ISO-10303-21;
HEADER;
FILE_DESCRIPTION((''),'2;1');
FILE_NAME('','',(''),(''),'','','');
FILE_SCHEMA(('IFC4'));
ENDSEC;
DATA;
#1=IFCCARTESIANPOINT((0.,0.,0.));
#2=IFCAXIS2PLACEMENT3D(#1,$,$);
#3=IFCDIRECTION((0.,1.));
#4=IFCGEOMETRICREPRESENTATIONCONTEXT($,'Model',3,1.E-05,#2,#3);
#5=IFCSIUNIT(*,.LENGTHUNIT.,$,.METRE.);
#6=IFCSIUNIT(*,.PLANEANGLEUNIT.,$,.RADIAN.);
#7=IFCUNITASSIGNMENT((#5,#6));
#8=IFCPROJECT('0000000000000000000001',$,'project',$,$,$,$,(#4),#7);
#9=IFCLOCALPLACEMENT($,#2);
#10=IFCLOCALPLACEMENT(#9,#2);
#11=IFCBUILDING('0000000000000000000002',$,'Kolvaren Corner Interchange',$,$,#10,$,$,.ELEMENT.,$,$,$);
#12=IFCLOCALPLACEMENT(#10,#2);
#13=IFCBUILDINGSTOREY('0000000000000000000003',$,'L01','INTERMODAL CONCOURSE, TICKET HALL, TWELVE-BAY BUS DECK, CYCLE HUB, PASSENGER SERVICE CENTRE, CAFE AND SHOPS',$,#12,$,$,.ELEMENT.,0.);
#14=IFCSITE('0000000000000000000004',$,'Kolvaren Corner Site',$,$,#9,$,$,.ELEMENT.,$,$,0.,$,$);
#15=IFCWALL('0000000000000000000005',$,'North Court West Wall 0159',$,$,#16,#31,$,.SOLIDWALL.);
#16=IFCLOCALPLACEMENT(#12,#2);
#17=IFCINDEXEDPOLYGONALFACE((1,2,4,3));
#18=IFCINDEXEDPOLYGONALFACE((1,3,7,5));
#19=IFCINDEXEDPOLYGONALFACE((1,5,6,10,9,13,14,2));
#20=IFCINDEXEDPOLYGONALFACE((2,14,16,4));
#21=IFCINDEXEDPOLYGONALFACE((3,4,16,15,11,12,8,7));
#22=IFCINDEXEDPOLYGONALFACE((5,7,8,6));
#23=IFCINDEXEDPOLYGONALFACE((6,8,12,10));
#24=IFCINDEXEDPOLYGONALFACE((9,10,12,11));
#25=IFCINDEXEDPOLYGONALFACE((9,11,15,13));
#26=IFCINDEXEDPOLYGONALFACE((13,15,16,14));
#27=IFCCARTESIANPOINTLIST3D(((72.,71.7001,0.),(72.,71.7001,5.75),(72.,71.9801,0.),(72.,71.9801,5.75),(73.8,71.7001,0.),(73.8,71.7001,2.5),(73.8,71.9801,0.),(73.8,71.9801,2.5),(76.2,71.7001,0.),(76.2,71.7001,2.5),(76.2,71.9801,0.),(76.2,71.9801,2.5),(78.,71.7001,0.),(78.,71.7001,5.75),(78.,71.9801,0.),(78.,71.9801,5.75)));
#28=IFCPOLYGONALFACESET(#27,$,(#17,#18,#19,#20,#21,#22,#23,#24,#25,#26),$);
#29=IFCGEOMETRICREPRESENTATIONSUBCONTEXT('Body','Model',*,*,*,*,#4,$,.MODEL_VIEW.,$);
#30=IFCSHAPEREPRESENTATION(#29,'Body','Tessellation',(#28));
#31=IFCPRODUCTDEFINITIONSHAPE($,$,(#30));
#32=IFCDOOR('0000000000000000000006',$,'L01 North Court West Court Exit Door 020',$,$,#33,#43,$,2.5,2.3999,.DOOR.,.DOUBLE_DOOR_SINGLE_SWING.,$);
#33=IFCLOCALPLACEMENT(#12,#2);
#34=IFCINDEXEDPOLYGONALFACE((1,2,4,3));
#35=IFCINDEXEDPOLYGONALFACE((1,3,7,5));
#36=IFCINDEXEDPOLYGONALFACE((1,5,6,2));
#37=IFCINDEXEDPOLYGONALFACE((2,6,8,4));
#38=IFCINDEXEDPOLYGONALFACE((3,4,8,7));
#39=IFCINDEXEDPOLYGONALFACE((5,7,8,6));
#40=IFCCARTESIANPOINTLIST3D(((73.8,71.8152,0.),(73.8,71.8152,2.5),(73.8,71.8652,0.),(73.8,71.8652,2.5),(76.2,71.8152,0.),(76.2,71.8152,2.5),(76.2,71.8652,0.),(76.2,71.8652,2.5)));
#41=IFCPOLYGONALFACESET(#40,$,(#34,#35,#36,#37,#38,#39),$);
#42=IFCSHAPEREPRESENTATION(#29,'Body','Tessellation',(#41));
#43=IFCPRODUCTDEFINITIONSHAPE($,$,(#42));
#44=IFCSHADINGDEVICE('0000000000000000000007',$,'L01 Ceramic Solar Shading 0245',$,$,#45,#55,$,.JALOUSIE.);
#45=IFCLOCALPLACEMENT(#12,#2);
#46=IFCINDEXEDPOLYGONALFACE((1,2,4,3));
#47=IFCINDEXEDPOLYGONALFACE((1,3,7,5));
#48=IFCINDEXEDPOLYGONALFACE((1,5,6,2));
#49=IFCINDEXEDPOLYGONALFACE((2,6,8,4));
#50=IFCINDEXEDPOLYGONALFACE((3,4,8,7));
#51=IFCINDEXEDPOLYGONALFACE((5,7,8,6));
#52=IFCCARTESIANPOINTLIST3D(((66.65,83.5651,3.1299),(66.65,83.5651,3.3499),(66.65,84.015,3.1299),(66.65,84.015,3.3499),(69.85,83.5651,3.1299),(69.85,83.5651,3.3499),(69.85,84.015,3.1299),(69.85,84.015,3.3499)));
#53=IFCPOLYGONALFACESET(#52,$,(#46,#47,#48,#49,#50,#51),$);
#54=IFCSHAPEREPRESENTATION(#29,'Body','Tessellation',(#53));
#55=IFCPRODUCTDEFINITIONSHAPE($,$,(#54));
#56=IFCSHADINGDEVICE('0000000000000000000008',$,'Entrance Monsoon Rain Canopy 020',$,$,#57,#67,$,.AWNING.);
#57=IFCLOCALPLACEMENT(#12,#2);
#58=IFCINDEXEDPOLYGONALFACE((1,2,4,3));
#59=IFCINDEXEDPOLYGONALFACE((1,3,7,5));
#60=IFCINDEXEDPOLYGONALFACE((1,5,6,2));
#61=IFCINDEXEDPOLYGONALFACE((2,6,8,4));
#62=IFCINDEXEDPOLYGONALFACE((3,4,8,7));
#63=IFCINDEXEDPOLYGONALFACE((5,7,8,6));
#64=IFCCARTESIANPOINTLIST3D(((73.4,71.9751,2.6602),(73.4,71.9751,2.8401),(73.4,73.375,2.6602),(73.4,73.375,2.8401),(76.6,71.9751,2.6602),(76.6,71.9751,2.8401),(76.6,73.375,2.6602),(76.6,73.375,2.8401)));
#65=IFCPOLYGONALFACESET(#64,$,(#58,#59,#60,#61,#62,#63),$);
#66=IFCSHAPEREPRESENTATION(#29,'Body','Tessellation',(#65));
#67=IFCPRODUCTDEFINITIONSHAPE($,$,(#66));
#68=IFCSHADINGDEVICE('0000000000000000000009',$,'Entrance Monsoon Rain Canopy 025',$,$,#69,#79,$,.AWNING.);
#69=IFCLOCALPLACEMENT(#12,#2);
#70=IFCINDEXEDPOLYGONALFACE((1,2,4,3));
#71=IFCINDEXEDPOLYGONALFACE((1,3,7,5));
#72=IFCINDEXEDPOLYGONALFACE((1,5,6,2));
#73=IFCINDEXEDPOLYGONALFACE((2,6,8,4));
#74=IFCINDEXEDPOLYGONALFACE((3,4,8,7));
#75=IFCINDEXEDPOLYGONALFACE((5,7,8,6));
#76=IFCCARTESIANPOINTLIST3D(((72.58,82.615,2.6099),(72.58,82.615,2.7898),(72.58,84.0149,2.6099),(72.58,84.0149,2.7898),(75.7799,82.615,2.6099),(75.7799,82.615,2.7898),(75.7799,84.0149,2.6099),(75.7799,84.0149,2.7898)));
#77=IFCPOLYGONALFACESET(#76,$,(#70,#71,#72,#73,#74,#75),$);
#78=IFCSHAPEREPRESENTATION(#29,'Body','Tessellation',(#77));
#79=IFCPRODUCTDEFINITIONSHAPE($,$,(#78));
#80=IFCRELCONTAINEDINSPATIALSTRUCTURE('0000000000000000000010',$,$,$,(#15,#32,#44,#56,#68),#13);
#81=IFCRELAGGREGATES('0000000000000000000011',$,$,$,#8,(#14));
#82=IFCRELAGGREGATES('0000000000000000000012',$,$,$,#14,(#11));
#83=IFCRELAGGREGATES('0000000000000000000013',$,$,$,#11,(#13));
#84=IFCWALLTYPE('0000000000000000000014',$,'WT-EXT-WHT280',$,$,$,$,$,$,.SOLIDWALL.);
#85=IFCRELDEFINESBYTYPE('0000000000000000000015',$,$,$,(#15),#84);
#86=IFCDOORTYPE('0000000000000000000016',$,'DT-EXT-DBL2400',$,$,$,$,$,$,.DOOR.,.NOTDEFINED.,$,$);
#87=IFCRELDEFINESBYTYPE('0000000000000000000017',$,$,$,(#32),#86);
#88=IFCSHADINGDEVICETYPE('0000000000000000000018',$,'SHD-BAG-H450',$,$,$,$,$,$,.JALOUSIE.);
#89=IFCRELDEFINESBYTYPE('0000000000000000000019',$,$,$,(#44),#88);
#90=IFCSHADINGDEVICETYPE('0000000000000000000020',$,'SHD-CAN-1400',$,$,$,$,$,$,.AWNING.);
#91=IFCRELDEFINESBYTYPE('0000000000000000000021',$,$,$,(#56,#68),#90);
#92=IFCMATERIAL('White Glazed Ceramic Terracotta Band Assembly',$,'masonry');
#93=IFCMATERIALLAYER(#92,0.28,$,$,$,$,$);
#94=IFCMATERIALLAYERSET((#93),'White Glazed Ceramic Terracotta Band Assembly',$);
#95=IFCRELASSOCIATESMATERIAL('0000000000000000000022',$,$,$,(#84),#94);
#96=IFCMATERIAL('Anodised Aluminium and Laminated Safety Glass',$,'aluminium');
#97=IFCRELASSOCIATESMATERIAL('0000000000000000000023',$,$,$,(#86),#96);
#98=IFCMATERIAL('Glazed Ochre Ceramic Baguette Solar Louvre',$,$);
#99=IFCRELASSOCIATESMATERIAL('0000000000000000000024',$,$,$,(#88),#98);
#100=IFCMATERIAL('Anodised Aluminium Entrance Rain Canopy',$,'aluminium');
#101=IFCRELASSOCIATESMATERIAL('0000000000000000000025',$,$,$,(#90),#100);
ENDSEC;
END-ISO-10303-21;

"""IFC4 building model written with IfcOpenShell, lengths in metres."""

from ifc_helpers import new_model, si_unit, direction, frame, frame_2d, origin, origin_2d, place, context, subcontext, project, spatial, rectangle, extrude, material, layer, layer_set, type_object, element, fill, save


model = new_model("IFC4")

# Units and contexts
model_context = context("Model", 3, precision=1e-05, world=origin(), true_north=direction((0.0, 1.0)))
body_context = subcontext(model_context, "Body", "Model", "MODEL_VIEW")
ifc_project = project(units=[si_unit("LENGTHUNIT", "METRE"), si_unit("PLANEANGLEUNIT", "RADIAN")], contexts=[model_context])

# Site, building, storey
site_placement = place(None, origin())
site = spatial("IfcSite", under=ifc_project, at=site_placement, Name="Kolvaren Corner Site", CompositionType="ELEMENT", RefElevation=0.0)
building_placement = place(site_placement, origin())
building = spatial("IfcBuilding", under=site, at=building_placement, Name="Kolvaren Corner Interchange", CompositionType="ELEMENT")
storey_placement = place(building_placement, origin())
storey = spatial("IfcBuildingStorey", under=building, at=storey_placement, Name="L01", Description="INTERMODAL CONCOURSE, TICKET HALL, TWELVE-BAY BUS DECK, CYCLE HUB, PASSENGER SERVICE CENTRE, CAFE AND SHOPS", CompositionType="ELEMENT", Elevation=0.0)

# Shared definitions
ifc_material_1 = material(Name="White Glazed Ceramic Terracotta Band Assembly", Category="masonry")
ifc_layer_1 = layer(ifc_material_1, 0.28)
ifc_layer_set_1 = layer_set([ifc_layer_1], Name="White Glazed Ceramic Terracotta Band Assembly")
wall_type = type_object("IfcWallType", Name="WT-EXT-WHT280", PredefinedType="SOLIDWALL", material=ifc_layer_set_1)

# Wall, opening, door
wall_1_placement = place(storey_placement, frame((78.0, 71.8401, 0.0), z_axis=(0.0, 0.0, 1.0), x_axis=(-1.0, 0.0, 0.0)))
wall_1 = element("IfcWall", 1, at=wall_1_placement, inside=storey, type_object=wall_type, Name="North Court West Wall 0159", PredefinedType="SOLIDWALL", context=body_context, shape_type="SweptSolid", body=[
    extrude(rectangle(XDim=6.0, YDim=0.28, at=frame_2d((3.0, 0.0))), origin(), (0.0, 0.0, 1.0), 5.75),
])
opening_placement = place(wall_1_placement, frame((1.8, 0.0, 0.0)))
opening = element("IfcOpeningElement", 2, at=opening_placement, cuts=wall_1, PredefinedType="OPENING", context=body_context, shape_type="SweptSolid", body=[
    extrude(rectangle(XDim=2.3999, YDim=2.5, at=frame_2d((1.2, 1.25))), frame((0.0, 0.1499, 0.0), z_axis=(0.0, -1.0, 0.0), x_axis=(1.0, 0.0, 0.0)), (0.0, 0.0, 1.0), 0.3),
])
ifc_material_2 = material(Name="Anodised Aluminium and Laminated Safety Glass", Category="aluminium")
door_type = type_object("IfcDoorType", Name="DT-EXT-DBL2400", OperationType="NOTDEFINED", PredefinedType="DOOR", material=ifc_material_2)
door_placement = place(opening_placement, origin())
door = element("IfcDoor", 3, at=door_placement, inside=storey, type_object=door_type, Name="L01 North Court West Court Exit Door 020", OperationType="DOUBLE_DOOR_SINGLE_SWING", OverallHeight=2.5, OverallWidth=2.3999, PredefinedType="DOOR", context=body_context, shape_type="SweptSolid", body=[
    extrude(rectangle(XDim=2.3999, YDim=2.5, at=frame_2d((1.2, 1.25))), frame((0.0, 0.0249, 0.0), z_axis=(0.0, -1.0, 0.0), x_axis=(1.0, 0.0, 0.0)), (0.0, 0.0, 1.0), 0.05),
])
fill(opening, door)

# Shading devices
ifc_material_3 = material(Name="Glazed Ochre Ceramic Baguette Solar Louvre")
shading_device_type_1 = type_object("IfcShadingDeviceType", Name="SHD-BAG-H450", PredefinedType="JALOUSIE", material=ifc_material_3)
shading_device_placement = place(storey_placement, frame((68.25, 83.79, 3.1299), z_axis=(0.0, 0.0, 1.0), x_axis=(1.0, 0.0, 0.0)))
element("IfcShadingDevice", 4, at=shading_device_placement, inside=storey, type_object=shading_device_type_1, Name="L01 Ceramic Solar Shading 0245", PredefinedType="JALOUSIE", context=body_context, shape_type="SweptSolid", body=[
    extrude(rectangle(XDim=3.2, YDim=0.45, at=origin_2d()), origin(), (0.0, 0.0, 1.0), 0.22),
])
ifc_material_4 = material(Name="Anodised Aluminium Entrance Rain Canopy", Category="aluminium")
shading_device_type_2 = type_object("IfcShadingDeviceType", Name="SHD-CAN-1400", PredefinedType="AWNING", material=ifc_material_4)
for number, where, z_axis, x_axis, name in (
    (5, (75.0, 72.675, 2.6602), (0.0, 0.0, 1.0), (-1.0, 0.0, 0.0), "Entrance Monsoon Rain Canopy 020"),
    (6, (74.1799, 83.3149, 2.6099), (0.0, 0.0, 1.0), (1.0, 0.0, 0.0), "Entrance Monsoon Rain Canopy 025"),
):
    element("IfcShadingDevice", number, at=place(storey_placement, frame(where, z_axis=z_axis, x_axis=x_axis)), inside=storey, type_object=shading_device_type_2, Name=name, PredefinedType="AWNING", context=body_context, shape_type="SweptSolid", body=[
        extrude(rectangle(XDim=3.2, YDim=1.3999, at=origin_2d()), origin(), (0.0, 0.0, 1.0), 0.1799),
    ])

save(model, "model.ifc")
